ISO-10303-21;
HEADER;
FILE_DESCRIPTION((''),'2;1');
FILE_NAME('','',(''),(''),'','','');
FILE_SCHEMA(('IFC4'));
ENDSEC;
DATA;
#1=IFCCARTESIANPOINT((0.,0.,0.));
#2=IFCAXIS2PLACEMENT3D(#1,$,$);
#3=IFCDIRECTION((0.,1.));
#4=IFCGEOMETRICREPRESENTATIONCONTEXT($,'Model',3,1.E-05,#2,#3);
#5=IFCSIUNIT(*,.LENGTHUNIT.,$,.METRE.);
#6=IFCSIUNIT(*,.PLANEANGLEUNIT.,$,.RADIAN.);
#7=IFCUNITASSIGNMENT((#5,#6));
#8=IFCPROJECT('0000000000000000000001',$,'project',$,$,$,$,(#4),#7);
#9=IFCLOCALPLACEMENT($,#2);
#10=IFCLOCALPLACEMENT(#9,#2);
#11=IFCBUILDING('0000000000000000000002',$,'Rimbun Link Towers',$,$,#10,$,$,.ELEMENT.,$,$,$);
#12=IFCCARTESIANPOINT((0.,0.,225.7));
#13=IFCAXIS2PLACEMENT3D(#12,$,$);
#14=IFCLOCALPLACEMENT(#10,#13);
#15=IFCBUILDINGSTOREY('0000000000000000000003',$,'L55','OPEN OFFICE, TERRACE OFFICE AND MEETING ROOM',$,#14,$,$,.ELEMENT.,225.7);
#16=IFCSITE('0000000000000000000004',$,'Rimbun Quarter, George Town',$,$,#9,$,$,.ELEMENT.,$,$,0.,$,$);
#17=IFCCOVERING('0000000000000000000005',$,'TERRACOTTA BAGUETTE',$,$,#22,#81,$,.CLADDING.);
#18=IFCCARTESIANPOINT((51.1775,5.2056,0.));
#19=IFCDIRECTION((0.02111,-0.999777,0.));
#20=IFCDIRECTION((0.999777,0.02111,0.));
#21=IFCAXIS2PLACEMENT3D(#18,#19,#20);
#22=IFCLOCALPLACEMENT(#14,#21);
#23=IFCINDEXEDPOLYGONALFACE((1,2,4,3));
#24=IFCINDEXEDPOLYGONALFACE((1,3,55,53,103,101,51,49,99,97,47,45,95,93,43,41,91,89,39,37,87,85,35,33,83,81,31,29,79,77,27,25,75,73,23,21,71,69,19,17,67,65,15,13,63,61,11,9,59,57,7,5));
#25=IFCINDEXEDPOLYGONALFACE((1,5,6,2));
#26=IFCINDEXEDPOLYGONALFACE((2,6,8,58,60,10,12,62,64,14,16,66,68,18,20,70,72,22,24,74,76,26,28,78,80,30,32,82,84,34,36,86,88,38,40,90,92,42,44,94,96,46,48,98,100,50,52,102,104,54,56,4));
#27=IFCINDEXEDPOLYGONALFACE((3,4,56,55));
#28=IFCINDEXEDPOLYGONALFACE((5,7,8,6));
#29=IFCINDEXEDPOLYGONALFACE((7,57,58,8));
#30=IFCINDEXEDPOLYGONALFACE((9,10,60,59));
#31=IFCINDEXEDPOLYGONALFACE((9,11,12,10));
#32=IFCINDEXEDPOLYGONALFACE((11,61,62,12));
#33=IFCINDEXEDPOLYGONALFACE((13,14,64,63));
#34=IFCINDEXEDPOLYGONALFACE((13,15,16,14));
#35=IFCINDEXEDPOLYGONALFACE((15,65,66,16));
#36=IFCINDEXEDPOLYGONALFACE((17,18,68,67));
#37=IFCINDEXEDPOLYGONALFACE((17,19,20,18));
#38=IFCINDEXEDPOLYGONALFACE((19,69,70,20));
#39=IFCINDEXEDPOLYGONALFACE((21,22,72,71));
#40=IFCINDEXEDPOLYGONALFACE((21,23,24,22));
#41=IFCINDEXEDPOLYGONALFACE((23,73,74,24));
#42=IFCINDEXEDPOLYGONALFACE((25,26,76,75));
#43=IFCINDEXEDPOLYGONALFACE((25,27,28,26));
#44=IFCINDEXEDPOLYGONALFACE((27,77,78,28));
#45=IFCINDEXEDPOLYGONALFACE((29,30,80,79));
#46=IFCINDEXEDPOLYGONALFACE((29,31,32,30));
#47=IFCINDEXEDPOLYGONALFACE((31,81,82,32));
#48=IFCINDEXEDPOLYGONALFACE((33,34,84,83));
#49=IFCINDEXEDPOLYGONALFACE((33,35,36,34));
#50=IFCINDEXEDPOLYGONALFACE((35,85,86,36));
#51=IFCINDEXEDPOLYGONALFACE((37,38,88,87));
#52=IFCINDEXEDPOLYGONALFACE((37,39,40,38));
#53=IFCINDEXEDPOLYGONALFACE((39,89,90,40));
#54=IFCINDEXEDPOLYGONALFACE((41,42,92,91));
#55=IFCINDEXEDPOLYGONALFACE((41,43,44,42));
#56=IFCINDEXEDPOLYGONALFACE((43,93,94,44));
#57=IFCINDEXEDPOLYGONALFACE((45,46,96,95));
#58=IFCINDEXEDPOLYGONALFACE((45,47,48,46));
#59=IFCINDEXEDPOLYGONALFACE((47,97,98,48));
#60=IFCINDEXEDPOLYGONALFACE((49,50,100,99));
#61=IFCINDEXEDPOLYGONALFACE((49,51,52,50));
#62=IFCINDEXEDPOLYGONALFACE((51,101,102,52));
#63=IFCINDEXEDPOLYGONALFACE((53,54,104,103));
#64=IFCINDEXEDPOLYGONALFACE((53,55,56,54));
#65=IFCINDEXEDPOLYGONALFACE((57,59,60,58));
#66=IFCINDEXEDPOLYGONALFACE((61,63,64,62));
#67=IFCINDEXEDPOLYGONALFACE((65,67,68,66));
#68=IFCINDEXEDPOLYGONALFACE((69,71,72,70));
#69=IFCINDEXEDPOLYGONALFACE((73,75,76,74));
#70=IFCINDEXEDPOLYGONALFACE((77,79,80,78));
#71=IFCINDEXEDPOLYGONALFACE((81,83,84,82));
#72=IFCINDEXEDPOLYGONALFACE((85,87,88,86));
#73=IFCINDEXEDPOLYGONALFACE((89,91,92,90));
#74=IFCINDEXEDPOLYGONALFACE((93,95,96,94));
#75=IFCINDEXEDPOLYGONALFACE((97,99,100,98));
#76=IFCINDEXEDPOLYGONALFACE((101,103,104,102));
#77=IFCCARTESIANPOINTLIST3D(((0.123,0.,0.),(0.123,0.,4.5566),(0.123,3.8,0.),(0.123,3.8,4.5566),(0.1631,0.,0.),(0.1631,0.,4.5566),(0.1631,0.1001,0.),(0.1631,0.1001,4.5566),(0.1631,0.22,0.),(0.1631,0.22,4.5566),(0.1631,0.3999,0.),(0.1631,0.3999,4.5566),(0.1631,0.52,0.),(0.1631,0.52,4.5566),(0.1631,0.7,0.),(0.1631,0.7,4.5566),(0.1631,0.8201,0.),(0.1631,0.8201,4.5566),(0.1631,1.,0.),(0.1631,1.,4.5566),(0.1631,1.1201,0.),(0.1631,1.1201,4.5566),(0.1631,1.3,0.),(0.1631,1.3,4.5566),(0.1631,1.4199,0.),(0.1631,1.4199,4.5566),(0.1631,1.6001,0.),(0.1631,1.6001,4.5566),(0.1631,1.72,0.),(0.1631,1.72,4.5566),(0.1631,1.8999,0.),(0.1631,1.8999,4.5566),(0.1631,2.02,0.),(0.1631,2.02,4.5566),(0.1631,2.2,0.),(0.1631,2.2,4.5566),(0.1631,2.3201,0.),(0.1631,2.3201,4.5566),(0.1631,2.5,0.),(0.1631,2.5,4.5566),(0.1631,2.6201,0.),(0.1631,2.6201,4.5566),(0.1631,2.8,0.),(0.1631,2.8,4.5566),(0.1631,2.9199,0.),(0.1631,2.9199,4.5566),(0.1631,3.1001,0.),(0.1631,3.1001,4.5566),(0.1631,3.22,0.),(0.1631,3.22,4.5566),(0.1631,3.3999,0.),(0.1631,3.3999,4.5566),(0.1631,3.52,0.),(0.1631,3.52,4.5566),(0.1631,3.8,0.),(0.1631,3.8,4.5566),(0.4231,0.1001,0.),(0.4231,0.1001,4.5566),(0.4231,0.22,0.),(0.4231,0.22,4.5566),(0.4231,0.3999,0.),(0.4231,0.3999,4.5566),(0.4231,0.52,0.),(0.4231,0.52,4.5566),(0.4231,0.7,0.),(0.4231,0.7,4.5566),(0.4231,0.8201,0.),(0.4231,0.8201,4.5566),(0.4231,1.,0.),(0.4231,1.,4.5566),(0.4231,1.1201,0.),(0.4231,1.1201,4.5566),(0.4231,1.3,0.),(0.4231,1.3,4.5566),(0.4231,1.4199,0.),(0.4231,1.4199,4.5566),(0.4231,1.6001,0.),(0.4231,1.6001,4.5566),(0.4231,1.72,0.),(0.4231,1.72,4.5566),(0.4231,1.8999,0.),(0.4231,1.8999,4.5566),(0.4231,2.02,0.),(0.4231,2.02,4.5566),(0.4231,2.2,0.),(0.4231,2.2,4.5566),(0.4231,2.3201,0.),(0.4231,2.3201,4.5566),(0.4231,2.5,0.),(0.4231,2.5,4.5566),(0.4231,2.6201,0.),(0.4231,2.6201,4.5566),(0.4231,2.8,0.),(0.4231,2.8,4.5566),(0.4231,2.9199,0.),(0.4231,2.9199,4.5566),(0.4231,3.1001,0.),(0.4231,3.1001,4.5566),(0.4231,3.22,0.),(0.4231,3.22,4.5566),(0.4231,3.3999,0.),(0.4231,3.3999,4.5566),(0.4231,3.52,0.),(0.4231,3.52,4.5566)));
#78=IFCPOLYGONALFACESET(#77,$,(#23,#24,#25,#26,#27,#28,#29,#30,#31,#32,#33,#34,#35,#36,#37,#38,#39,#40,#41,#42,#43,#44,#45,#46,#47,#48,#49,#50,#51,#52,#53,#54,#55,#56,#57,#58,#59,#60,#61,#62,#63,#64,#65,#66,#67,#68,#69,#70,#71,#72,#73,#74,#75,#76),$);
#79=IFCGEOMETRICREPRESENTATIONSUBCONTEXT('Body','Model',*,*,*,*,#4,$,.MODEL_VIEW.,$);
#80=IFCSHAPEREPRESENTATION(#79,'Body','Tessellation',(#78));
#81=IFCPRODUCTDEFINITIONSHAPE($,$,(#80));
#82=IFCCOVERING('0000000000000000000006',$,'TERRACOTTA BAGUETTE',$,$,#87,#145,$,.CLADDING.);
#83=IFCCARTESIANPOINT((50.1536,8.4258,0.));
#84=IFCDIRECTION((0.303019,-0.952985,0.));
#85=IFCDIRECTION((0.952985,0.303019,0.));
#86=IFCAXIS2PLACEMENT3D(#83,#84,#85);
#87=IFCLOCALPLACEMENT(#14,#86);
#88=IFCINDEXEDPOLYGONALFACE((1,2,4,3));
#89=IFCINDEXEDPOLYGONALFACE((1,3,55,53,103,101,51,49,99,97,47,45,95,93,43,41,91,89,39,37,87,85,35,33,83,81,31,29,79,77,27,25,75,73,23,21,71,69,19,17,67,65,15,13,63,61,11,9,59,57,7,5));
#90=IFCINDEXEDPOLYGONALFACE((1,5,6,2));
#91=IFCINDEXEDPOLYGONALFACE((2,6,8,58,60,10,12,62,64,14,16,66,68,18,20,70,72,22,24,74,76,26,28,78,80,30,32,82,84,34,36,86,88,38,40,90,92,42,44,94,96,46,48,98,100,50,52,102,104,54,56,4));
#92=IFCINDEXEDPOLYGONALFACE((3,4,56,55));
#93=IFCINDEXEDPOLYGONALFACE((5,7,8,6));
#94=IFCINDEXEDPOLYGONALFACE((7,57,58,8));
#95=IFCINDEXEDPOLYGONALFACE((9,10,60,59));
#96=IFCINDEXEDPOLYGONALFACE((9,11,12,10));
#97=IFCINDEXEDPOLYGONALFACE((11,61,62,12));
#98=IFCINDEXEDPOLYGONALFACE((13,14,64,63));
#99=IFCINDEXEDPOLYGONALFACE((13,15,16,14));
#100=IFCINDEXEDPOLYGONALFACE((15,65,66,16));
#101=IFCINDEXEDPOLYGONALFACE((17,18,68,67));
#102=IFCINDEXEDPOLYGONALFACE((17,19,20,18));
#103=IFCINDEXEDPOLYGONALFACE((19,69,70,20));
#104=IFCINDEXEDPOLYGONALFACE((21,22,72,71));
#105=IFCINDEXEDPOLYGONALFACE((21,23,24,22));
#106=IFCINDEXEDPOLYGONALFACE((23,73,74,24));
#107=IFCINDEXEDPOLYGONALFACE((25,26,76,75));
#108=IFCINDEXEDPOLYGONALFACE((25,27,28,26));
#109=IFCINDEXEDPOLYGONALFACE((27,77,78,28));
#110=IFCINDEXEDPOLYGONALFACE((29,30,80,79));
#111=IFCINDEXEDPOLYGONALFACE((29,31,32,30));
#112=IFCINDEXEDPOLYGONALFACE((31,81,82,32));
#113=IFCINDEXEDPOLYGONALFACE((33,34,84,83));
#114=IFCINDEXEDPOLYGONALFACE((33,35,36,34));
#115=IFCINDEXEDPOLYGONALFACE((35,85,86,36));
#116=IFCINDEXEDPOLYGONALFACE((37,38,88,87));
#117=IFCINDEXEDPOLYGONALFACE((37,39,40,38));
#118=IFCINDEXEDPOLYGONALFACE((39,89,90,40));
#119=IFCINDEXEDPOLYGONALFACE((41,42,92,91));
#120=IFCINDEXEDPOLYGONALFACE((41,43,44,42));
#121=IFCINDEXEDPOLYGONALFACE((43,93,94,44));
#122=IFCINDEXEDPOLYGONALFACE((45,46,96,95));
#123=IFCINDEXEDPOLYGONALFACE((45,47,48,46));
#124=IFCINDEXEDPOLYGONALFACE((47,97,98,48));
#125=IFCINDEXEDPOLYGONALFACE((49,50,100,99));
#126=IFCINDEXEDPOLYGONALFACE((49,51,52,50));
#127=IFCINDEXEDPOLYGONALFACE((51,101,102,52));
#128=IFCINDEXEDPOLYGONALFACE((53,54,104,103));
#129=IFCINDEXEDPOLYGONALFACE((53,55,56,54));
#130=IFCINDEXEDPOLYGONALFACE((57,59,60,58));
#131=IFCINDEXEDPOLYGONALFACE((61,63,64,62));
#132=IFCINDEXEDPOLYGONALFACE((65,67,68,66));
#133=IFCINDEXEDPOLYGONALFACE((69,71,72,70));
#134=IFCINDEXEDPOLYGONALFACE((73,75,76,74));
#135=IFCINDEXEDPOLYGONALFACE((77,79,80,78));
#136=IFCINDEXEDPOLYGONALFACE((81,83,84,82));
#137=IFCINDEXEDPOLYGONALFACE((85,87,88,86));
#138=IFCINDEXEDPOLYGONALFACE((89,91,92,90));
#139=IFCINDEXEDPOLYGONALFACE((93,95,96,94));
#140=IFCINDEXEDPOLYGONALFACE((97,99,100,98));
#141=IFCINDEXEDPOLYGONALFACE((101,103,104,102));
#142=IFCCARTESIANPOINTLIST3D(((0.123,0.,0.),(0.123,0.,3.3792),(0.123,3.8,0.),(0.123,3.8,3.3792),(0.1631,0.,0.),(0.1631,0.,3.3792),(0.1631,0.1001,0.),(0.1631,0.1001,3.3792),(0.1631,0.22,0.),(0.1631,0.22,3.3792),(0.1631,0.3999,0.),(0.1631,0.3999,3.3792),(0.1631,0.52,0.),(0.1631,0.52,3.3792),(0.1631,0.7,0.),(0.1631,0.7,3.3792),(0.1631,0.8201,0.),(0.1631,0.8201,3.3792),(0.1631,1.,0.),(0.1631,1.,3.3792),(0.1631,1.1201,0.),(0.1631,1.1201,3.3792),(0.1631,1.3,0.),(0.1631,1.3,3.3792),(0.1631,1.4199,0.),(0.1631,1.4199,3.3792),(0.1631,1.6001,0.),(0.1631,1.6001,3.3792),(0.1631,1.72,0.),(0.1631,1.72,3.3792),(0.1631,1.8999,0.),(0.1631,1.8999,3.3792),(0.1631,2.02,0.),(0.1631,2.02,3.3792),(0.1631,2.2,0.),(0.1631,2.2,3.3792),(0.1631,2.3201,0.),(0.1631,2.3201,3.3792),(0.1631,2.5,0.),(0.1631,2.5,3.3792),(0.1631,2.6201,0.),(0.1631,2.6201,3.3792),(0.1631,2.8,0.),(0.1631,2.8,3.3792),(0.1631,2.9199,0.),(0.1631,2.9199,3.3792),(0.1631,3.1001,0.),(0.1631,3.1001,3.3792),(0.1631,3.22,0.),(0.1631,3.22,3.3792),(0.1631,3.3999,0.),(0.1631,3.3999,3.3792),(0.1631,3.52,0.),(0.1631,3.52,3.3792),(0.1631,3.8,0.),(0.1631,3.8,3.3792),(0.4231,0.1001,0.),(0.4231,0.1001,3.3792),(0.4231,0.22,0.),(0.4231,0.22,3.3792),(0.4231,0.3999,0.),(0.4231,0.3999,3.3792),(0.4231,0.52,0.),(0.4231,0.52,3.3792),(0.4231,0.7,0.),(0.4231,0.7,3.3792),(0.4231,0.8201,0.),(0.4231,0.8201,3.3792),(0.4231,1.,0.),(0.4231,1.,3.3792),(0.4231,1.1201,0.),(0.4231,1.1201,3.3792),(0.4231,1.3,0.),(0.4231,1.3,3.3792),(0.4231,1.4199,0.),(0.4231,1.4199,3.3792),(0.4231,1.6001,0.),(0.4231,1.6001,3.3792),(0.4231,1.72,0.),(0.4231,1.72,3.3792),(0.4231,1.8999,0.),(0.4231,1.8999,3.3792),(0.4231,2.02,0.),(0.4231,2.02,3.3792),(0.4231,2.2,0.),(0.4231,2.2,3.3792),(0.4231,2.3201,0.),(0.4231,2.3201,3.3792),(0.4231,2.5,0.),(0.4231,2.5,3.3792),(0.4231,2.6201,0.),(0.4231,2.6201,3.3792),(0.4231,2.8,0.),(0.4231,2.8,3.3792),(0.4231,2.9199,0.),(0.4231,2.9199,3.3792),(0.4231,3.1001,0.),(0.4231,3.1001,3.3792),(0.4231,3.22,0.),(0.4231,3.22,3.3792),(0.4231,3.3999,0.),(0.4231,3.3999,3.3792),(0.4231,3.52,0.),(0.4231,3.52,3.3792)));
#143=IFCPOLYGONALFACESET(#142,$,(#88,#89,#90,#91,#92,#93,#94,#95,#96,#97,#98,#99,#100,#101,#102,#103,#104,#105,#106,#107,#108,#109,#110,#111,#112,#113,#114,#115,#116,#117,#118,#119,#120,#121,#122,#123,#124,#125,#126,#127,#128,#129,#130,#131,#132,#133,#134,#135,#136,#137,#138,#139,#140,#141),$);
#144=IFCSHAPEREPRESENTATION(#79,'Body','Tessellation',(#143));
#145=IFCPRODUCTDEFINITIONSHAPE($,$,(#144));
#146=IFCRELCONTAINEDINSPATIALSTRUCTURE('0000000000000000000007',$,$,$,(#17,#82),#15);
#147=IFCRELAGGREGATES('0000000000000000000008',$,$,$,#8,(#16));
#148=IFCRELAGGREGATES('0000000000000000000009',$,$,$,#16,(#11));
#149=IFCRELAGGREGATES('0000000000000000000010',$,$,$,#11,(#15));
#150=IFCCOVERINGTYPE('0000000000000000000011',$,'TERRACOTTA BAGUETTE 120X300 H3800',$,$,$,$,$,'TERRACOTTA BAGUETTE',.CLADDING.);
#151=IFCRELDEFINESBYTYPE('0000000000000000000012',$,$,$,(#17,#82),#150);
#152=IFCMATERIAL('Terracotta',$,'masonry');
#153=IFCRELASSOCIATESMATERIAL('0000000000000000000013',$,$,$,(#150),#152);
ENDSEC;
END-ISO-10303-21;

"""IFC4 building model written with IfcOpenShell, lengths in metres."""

from ifc_helpers import new_model, si_unit, direction, frame, origin, place, context, subcontext, project, spatial, polyline, outline, extrude, material, material_profile, profile_set, type_object, element, save


model = new_model("IFC4")

# Units and contexts
model_context = context("Model", 3, precision=1e-05, world=origin(), true_north=direction((0.0, 1.0)))
body_context = subcontext(model_context, "Body", "Model", "MODEL_VIEW")
ifc_project = project(units=[si_unit("LENGTHUNIT", "METRE"), si_unit("PLANEANGLEUNIT", "RADIAN")], contexts=[model_context])

# Site, building, storey
site_placement = place(None, origin())
site = spatial("IfcSite", under=ifc_project, at=site_placement, Name="Rimbun Quarter, George Town", CompositionType="ELEMENT", RefElevation=0.0)
building_placement = place(site_placement, origin())
building = spatial("IfcBuilding", under=site, at=building_placement, Name="Rimbun Link Towers", CompositionType="ELEMENT")
storey_placement = place(building_placement, frame((0.0, 0.0, 225.7)))
storey = spatial("IfcBuildingStorey", under=building, at=storey_placement, Name="L55", Description="OPEN OFFICE, TERRACE OFFICE AND MEETING ROOM", CompositionType="ELEMENT", Elevation=225.7)

# Coverings
ifc_material_1 = material(Name="Terracotta", Category="masonry")
ifc_material_profile_1 = material_profile(ifc_material_1, outline(polyline([(0.123, 0.0), (0.1631, 0.0), (0.1631, 0.1001), (0.4231, 0.1001), (0.4231, 0.22), (0.1631, 0.22), (0.1631, 0.3999), (0.4231, 0.3999), (0.4231, 0.52), (0.1631, 0.52), (0.1631, 0.7), (0.4231, 0.7), (0.4231, 0.8201), (0.1631, 0.8201), (0.1631, 1.0), (0.4231, 1.0), (0.4231, 1.1201), (0.1631, 1.1201), (0.1631, 1.3), (0.4231, 1.3), (0.4231, 1.4199), (0.1631, 1.4199), (0.1631, 1.6001), (0.4231, 1.6001), (0.4231, 1.72), (0.1631, 1.72), (0.1631, 1.8999), (0.4231, 1.8999), (0.4231, 2.02), (0.1631, 2.02), (0.1631, 2.2), (0.4231, 2.2), (0.4231, 2.3201), (0.1631, 2.3201), (0.1631, 2.5), (0.4231, 2.5), (0.4231, 2.6201), (0.1631, 2.6201), (0.1631, 2.8), (0.4231, 2.8), (0.4231, 2.9199), (0.1631, 2.9199), (0.1631, 3.1001), (0.4231, 3.1001), (0.4231, 3.22), (0.1631, 3.22), (0.1631, 3.3999), (0.4231, 3.3999), (0.4231, 3.52), (0.1631, 3.52), (0.1631, 3.8), (0.123, 3.8), (0.123, 0.0)])), Name="BAGUETTE 120X300")
ifc_profile_set_1 = profile_set([ifc_material_profile_1], Name="Terracotta")
covering_type = type_object("IfcCoveringType", Name="TERRACOTTA BAGUETTE 120X300 H3800", ElementType="TERRACOTTA BAGUETTE", PredefinedType="CLADDING", material=ifc_profile_set_1)
covering_1_placement = place(storey_placement, frame((51.1775, 5.2056, 0.0), z_axis=(0.02111, -0.999777, 0.0), x_axis=(0.999777, 0.02111, 0.0)))
element("IfcCovering", 1, at=covering_1_placement, inside=storey, type_object=covering_type, Name="TERRACOTTA BAGUETTE", PredefinedType="CLADDING", context=body_context, shape_type="SweptSolid", body=[
    extrude(outline(polyline([(0.123, 0.0), (0.1631, 0.0), (0.1631, 0.1001), (0.4231, 0.1001), (0.4231, 0.22), (0.1631, 0.22), (0.1631, 0.3999), (0.4231, 0.3999), (0.4231, 0.52), (0.1631, 0.52), (0.1631, 0.7), (0.4231, 0.7), (0.4231, 0.8201), (0.1631, 0.8201), (0.1631, 1.0), (0.4231, 1.0), (0.4231, 1.1201), (0.1631, 1.1201), (0.1631, 1.3), (0.4231, 1.3), (0.4231, 1.4199), (0.1631, 1.4199), (0.1631, 1.6001), (0.4231, 1.6001), (0.4231, 1.72), (0.1631, 1.72), (0.1631, 1.8999), (0.4231, 1.8999), (0.4231, 2.02), (0.1631, 2.02), (0.1631, 2.2), (0.4231, 2.2), (0.4231, 2.3201), (0.1631, 2.3201), (0.1631, 2.5), (0.4231, 2.5), (0.4231, 2.6201), (0.1631, 2.6201), (0.1631, 2.8), (0.4231, 2.8), (0.4231, 2.9199), (0.1631, 2.9199), (0.1631, 3.1001), (0.4231, 3.1001), (0.4231, 3.22), (0.1631, 3.22), (0.1631, 3.3999), (0.4231, 3.3999), (0.4231, 3.52), (0.1631, 3.52), (0.1631, 3.8), (0.123, 3.8), (0.123, 0.0)])), origin(), (0.0, 0.0, 1.0), 4.5566),
])
covering_2_placement = place(storey_placement, frame((50.1536, 8.4258, 0.0), z_axis=(0.303019, -0.952985, 0.0), x_axis=(0.952985, 0.303019, 0.0)))
element("IfcCovering", 2, at=covering_2_placement, inside=storey, type_object=covering_type, Name="TERRACOTTA BAGUETTE", PredefinedType="CLADDING", context=body_context, shape_type="SweptSolid", body=[
    extrude(outline(polyline([(0.123, 0.0), (0.1631, 0.0), (0.1631, 0.1001), (0.4231, 0.1001), (0.4231, 0.22), (0.1631, 0.22), (0.1631, 0.3999), (0.4231, 0.3999), (0.4231, 0.52), (0.1631, 0.52), (0.1631, 0.7), (0.4231, 0.7), (0.4231, 0.8201), (0.1631, 0.8201), (0.1631, 1.0), (0.4231, 1.0), (0.4231, 1.1201), (0.1631, 1.1201), (0.1631, 1.3), (0.4231, 1.3), (0.4231, 1.4199), (0.1631, 1.4199), (0.1631, 1.6001), (0.4231, 1.6001), (0.4231, 1.72), (0.1631, 1.72), (0.1631, 1.8999), (0.4231, 1.8999), (0.4231, 2.02), (0.1631, 2.02), (0.1631, 2.2), (0.4231, 2.2), (0.4231, 2.3201), (0.1631, 2.3201), (0.1631, 2.5), (0.4231, 2.5), (0.4231, 2.6201), (0.1631, 2.6201), (0.1631, 2.8), (0.4231, 2.8), (0.4231, 2.9199), (0.1631, 2.9199), (0.1631, 3.1001), (0.4231, 3.1001), (0.4231, 3.22), (0.1631, 3.22), (0.1631, 3.3999), (0.4231, 3.3999), (0.4231, 3.52), (0.1631, 3.52), (0.1631, 3.8), (0.123, 3.8), (0.123, 0.0)])), origin(), (0.0, 0.0, 1.0), 3.3792),
])

save(model, "model.ifc")
